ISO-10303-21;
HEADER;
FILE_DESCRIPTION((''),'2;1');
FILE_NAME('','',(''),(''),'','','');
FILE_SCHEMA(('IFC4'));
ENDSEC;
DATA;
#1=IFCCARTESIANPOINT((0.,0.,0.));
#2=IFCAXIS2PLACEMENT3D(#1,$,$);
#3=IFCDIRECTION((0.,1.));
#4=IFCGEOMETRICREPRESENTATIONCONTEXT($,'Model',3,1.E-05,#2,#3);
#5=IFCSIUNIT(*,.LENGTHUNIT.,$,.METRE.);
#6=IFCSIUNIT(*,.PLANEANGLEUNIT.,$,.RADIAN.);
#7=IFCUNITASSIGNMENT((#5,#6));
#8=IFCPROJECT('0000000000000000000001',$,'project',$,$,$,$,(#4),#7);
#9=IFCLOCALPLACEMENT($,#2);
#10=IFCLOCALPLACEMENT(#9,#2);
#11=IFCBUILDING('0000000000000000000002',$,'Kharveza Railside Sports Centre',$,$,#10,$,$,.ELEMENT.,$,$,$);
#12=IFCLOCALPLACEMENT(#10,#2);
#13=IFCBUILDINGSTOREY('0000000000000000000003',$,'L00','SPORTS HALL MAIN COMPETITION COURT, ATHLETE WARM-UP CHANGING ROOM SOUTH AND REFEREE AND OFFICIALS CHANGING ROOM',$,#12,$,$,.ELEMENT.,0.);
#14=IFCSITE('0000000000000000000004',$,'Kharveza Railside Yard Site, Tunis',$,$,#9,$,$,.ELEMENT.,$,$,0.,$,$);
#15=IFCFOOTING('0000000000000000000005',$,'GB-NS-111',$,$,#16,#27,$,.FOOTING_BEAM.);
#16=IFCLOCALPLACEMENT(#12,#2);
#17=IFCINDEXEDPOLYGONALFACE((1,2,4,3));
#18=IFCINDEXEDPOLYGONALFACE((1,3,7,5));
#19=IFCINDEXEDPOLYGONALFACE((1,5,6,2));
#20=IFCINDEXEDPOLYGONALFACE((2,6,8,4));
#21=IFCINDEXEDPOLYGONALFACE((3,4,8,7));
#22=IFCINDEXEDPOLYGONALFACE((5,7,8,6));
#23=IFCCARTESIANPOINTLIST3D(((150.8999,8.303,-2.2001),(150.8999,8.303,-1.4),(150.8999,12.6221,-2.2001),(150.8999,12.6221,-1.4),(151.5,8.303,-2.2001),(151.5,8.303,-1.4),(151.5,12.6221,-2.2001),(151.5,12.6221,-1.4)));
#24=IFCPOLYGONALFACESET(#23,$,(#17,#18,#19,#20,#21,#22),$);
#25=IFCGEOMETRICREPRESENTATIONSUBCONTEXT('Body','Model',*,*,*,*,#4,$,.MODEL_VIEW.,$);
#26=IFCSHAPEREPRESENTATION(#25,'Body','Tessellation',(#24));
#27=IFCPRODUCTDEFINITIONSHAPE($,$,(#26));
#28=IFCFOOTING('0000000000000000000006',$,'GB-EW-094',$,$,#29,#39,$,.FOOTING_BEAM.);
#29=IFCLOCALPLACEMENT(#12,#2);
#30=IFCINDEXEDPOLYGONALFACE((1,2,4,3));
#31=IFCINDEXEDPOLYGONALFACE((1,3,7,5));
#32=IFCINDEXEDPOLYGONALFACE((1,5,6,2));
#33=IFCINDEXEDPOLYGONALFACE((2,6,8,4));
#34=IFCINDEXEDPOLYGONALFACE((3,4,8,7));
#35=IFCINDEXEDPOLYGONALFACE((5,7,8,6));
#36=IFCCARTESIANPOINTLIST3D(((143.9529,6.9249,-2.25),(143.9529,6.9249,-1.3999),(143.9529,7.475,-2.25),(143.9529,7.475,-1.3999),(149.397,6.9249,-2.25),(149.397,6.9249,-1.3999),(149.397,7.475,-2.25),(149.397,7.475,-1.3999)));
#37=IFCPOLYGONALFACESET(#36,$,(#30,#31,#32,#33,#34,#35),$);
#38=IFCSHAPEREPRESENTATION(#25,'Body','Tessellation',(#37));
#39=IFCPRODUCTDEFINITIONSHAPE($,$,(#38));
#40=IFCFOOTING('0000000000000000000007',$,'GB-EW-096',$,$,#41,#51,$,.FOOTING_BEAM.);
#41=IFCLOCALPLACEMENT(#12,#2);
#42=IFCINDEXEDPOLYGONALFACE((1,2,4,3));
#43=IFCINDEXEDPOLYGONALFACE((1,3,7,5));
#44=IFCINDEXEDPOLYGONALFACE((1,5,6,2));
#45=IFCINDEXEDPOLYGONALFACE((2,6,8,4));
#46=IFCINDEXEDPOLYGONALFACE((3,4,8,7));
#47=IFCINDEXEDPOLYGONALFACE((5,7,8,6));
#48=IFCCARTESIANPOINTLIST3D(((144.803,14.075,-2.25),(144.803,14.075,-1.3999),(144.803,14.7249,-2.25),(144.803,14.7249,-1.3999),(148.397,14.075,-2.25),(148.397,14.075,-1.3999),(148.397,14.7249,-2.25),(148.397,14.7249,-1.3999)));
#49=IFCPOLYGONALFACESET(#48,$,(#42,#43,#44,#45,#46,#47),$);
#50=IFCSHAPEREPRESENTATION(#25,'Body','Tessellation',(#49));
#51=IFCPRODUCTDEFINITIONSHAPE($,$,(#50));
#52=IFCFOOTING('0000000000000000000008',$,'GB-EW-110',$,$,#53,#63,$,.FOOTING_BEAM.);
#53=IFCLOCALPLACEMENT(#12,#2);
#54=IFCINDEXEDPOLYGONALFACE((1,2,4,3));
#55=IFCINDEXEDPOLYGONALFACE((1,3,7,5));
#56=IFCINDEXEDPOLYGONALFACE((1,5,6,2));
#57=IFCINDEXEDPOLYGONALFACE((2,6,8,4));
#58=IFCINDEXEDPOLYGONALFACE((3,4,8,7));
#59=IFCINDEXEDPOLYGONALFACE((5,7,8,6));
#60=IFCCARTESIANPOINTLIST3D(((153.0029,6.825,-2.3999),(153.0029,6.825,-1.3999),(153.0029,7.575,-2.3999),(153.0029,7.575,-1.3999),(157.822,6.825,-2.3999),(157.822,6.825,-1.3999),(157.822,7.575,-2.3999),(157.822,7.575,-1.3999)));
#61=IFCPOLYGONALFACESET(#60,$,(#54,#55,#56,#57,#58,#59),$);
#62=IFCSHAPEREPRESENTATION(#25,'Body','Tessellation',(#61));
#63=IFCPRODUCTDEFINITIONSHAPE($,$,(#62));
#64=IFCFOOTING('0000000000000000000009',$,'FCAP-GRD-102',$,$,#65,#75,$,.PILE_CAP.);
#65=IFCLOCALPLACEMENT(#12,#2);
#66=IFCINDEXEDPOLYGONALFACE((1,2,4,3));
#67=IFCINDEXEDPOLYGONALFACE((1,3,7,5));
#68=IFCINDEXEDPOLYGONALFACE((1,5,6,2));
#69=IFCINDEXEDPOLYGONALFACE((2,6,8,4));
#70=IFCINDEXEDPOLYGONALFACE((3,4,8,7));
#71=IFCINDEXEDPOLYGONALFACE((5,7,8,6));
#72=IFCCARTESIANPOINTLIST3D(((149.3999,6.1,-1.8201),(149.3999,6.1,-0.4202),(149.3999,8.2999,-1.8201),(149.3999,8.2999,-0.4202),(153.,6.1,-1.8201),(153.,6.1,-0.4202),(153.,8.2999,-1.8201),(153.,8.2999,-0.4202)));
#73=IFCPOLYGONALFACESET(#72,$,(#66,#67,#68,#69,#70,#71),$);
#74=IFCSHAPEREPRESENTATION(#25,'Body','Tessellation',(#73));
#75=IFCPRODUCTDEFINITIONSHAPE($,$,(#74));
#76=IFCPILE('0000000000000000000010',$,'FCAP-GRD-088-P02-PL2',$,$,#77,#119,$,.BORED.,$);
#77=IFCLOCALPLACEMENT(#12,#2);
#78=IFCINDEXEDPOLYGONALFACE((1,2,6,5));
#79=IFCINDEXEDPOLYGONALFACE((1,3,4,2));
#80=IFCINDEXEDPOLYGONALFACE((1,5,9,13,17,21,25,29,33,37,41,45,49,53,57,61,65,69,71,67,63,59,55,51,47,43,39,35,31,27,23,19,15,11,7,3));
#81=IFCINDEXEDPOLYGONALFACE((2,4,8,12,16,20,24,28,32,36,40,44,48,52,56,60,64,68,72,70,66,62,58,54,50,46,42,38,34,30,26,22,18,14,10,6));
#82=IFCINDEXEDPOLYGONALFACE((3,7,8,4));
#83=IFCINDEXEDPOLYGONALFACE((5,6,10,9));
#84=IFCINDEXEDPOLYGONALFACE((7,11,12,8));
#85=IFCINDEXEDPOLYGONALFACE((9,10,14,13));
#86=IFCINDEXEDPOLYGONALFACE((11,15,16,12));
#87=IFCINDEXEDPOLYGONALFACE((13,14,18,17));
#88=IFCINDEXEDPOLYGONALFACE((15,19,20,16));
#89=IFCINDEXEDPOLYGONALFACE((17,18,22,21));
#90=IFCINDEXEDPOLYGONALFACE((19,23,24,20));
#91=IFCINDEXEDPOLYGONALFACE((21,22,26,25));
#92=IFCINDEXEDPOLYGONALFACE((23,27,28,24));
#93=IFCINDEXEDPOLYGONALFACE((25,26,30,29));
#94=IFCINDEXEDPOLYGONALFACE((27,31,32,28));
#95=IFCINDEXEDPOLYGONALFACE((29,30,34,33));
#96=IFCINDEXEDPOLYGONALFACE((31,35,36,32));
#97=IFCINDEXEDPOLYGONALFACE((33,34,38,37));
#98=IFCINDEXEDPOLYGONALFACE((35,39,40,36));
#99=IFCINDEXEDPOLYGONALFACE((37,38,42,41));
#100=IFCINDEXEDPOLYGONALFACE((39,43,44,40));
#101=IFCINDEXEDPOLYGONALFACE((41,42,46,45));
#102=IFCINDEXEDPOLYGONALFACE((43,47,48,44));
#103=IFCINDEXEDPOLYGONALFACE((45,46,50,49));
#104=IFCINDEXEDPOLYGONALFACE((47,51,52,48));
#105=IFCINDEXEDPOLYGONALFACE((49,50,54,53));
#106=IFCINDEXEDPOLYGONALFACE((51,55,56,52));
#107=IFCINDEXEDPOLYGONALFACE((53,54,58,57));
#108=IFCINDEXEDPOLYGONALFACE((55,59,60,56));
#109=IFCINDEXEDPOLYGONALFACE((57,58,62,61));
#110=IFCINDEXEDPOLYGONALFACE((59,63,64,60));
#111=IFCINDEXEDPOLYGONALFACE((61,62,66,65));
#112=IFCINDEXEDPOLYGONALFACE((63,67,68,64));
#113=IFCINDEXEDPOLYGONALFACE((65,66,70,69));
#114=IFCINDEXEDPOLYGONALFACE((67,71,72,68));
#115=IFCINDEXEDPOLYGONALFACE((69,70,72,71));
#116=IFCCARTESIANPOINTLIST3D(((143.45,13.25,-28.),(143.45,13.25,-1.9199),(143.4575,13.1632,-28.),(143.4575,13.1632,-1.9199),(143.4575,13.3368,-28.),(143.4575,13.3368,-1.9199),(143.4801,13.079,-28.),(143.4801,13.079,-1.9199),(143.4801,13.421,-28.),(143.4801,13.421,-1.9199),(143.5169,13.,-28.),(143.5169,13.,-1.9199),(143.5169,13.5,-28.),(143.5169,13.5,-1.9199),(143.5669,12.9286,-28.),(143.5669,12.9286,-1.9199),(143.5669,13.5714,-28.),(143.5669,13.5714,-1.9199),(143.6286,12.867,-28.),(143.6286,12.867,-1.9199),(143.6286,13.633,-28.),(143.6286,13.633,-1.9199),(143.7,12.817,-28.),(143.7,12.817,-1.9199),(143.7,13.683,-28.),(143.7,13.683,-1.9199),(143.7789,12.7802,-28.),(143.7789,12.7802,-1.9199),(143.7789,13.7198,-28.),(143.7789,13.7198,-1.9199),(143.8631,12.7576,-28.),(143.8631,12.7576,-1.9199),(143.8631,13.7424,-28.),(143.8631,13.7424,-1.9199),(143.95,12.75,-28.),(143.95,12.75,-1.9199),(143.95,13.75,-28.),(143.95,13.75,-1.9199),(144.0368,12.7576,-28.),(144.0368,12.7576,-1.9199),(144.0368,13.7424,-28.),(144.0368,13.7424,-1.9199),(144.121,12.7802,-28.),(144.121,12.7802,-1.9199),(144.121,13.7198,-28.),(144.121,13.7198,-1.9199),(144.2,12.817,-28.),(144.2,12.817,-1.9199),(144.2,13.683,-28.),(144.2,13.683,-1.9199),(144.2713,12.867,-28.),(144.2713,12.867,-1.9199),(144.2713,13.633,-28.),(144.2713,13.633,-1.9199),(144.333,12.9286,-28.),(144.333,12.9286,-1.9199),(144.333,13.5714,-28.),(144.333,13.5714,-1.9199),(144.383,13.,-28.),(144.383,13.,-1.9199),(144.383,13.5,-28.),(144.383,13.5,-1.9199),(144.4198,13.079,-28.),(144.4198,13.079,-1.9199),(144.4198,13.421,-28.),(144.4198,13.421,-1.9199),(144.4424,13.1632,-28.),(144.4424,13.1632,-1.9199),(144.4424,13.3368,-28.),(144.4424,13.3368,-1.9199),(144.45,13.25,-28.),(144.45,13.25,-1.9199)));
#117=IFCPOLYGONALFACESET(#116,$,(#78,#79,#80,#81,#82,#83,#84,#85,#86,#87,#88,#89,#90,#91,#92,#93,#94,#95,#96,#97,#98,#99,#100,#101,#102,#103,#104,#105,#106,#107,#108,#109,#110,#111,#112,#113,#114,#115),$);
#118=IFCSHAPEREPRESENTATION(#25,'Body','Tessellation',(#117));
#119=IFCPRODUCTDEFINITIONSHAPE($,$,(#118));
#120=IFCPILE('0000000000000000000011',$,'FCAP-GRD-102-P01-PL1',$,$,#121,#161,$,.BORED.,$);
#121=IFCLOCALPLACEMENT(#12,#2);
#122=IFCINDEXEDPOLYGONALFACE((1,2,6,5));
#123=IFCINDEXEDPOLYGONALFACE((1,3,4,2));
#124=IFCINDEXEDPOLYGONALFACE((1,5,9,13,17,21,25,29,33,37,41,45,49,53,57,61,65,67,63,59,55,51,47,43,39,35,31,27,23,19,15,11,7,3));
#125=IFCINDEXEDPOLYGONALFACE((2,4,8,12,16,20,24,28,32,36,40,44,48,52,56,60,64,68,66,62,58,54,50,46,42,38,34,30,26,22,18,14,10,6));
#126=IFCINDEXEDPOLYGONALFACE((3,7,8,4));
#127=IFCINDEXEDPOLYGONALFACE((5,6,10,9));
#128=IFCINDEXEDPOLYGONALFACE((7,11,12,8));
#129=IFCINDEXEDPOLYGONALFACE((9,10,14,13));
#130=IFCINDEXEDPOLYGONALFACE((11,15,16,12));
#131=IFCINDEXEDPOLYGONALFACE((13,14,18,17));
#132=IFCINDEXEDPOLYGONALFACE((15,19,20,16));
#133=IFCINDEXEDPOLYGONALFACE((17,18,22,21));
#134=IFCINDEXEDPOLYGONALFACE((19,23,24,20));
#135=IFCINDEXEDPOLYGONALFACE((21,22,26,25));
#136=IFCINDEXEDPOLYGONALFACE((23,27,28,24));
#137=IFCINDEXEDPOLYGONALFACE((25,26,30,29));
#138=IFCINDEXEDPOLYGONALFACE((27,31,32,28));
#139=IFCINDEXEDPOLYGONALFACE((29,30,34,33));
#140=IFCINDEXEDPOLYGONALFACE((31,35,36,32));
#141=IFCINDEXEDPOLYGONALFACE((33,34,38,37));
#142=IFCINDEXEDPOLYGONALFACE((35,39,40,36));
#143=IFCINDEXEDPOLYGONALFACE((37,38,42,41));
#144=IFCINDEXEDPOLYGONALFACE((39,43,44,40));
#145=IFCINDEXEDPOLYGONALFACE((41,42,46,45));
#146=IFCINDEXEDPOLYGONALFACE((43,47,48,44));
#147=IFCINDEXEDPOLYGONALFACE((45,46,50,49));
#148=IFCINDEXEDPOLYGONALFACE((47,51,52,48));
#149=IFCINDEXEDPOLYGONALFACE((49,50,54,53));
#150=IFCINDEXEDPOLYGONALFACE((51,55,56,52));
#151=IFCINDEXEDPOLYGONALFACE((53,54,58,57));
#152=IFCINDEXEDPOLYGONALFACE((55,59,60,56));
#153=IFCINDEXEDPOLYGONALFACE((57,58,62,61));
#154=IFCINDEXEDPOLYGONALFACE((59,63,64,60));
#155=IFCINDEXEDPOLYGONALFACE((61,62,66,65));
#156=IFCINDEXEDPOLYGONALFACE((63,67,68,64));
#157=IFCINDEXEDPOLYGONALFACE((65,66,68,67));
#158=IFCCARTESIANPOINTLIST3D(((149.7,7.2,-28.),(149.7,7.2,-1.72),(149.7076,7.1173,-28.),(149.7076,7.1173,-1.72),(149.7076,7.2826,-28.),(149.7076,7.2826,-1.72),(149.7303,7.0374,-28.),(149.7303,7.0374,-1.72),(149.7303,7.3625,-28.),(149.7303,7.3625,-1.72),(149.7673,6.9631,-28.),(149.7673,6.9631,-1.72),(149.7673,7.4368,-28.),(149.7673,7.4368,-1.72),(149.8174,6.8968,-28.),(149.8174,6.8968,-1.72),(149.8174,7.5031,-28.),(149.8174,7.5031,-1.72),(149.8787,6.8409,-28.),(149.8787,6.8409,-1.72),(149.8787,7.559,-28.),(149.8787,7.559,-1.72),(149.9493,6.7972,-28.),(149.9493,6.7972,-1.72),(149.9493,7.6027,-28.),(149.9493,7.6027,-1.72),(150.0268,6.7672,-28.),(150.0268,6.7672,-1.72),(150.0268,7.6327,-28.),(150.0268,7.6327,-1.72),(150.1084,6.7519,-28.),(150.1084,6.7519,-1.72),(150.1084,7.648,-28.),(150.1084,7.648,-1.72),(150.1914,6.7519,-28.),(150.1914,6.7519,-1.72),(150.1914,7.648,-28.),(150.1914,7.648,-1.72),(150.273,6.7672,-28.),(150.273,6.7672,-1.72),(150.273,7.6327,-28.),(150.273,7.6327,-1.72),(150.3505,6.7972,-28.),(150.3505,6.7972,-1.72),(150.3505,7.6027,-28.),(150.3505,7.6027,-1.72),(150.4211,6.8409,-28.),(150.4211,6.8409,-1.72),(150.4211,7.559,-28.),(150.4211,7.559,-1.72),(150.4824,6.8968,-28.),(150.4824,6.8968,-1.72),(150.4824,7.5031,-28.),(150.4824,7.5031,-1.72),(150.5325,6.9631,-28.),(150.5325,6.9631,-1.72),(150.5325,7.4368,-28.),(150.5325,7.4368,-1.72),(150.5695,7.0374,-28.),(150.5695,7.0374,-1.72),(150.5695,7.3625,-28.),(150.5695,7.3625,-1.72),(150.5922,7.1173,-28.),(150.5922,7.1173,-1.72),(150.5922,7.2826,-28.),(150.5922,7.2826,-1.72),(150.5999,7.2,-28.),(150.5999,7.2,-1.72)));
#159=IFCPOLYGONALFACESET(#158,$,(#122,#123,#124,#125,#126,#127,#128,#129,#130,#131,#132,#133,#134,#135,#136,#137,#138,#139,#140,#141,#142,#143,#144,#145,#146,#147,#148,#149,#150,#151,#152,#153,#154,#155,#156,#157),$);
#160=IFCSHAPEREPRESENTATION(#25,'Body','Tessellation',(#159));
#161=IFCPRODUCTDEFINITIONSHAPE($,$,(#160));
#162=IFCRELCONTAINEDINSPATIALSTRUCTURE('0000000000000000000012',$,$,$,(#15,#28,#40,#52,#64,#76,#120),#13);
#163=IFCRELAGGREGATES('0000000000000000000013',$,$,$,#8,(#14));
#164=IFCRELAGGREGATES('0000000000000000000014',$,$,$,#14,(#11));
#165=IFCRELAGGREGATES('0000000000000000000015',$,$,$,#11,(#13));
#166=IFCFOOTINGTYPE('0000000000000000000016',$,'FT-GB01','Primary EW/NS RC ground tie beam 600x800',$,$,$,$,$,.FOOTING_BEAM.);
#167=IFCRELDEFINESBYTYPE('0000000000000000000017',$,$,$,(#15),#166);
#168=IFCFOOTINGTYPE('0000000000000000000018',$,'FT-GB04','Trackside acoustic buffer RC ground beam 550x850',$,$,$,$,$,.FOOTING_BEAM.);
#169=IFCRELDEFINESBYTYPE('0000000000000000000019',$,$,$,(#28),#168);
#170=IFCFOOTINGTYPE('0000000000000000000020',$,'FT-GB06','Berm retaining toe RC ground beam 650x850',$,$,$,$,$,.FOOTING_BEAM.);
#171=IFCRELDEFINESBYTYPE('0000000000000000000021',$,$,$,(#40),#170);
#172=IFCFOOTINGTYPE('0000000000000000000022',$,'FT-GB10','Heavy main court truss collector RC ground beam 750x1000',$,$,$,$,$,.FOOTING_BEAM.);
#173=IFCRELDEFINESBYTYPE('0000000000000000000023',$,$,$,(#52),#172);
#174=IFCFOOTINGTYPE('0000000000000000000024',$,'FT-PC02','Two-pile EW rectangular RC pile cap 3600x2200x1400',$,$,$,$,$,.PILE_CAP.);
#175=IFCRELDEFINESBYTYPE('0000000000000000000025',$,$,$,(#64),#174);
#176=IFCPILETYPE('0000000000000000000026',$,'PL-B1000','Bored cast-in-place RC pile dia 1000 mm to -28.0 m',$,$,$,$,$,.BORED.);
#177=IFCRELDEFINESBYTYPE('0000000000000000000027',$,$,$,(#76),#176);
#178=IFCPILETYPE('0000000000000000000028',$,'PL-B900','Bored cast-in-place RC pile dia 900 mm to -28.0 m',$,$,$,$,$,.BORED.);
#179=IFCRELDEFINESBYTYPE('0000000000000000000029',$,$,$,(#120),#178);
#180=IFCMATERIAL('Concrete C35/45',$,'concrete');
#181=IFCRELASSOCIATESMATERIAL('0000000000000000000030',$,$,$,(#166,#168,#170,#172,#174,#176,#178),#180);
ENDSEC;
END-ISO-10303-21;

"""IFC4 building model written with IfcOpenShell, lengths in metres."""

from ifc_helpers import new_model, si_unit, direction, frame, origin, origin_2d, place, context, subcontext, project, spatial, rectangle, circle, extrude, material, material_profile, profile_set, type_object, element, save


model = new_model("IFC4")

# Units and contexts
model_context = context("Model", 3, precision=1e-05, world=origin(), true_north=direction((0.0, 1.0)))
body_context = subcontext(model_context, "Body", "Model", "MODEL_VIEW")
ifc_project = project(units=[si_unit("LENGTHUNIT", "METRE"), si_unit("PLANEANGLEUNIT", "RADIAN")], contexts=[model_context])

# Site, building, storey
site_placement = place(None, origin())
site = spatial("IfcSite", under=ifc_project, at=site_placement, Name="Kharveza Railside Yard Site, Tunis", CompositionType="ELEMENT", RefElevation=0.0)
building_placement = place(site_placement, origin())
building = spatial("IfcBuilding", under=site, at=building_placement, Name="Kharveza Railside Sports Centre", CompositionType="ELEMENT")
storey_placement = place(building_placement, origin())
storey = spatial("IfcBuildingStorey", under=building, at=storey_placement, Name="L00", Description="SPORTS HALL MAIN COMPETITION COURT, ATHLETE WARM-UP CHANGING ROOM SOUTH AND REFEREE AND OFFICIALS CHANGING ROOM", CompositionType="ELEMENT", Elevation=0.0)

# Footings
ifc_material_1 = material(Name="Concrete C35/45", Category="concrete")
ifc_material_profile_1 = material_profile(ifc_material_1, rectangle(XDim=0.6001, YDim=0.8, at=origin_2d()), Name="GB 600x800")
ifc_profile_set_1 = profile_set([ifc_material_profile_1], Name="Concrete C35/45")
footing_type_1 = type_object("IfcFootingType", Name="FT-GB01", Description="Primary EW/NS RC ground tie beam 600x800", PredefinedType="FOOTING_BEAM", material=ifc_profile_set_1)
footing_1_placement = place(storey_placement, frame((151.2, 8.303, -1.8), z_axis=(0.0, 1.0, 0.0), x_axis=(-1.0, 0.0, 0.0)))
element("IfcFooting", 1, at=footing_1_placement, inside=storey, type_object=footing_type_1, Name="GB-NS-111", PredefinedType="FOOTING_BEAM", context=body_context, shape_type="SweptSolid", body=[
    extrude(rectangle(XDim=0.6001, YDim=0.8, at=origin_2d()), origin(), (0.0, 0.0, 1.0), 4.3191),
])
ifc_material_profile_2 = material_profile(ifc_material_1, rectangle(XDim=0.55, YDim=0.8501, at=origin_2d()), Name="GB 550x850")
ifc_profile_set_2 = profile_set([ifc_material_profile_2], Name="Concrete C35/45")
footing_type_2 = type_object("IfcFootingType", Name="FT-GB04", Description="Trackside acoustic buffer RC ground beam 550x850", PredefinedType="FOOTING_BEAM", material=ifc_profile_set_2)
footing_2_placement = place(storey_placement, frame((143.9529, 7.2, -1.825), z_axis=(1.0, 0.0, 0.0), x_axis=(0.0, 1.0, 0.0)))
element("IfcFooting", 2, at=footing_2_placement, inside=storey, type_object=footing_type_2, Name="GB-EW-094", PredefinedType="FOOTING_BEAM", context=body_context, shape_type="SweptSolid", body=[
    extrude(rectangle(XDim=0.55, YDim=0.8501, at=origin_2d()), origin(), (0.0, 0.0, 1.0), 5.4441),
])
ifc_material_profile_3 = material_profile(ifc_material_1, rectangle(XDim=0.6499, YDim=0.8501, at=origin_2d()), Name="GB 650x850")
ifc_profile_set_3 = profile_set([ifc_material_profile_3], Name="Concrete C35/45")
footing_type_3 = type_object("IfcFootingType", Name="FT-GB06", Description="Berm retaining toe RC ground beam 650x850", PredefinedType="FOOTING_BEAM", material=ifc_profile_set_3)
footing_3_placement = place(storey_placement, frame((144.803, 14.3999, -1.825), z_axis=(1.0, 0.0, 0.0), x_axis=(0.0, 1.0, 0.0)))
element("IfcFooting", 3, at=footing_3_placement, inside=storey, type_object=footing_type_3, Name="GB-EW-096", PredefinedType="FOOTING_BEAM", context=body_context, shape_type="SweptSolid", body=[
    extrude(rectangle(XDim=0.6499, YDim=0.8501, at=origin_2d()), origin(), (0.0, 0.0, 1.0), 3.594),
])
ifc_material_profile_4 = material_profile(ifc_material_1, rectangle(XDim=0.75, YDim=1.0, at=origin_2d()), Name="GB 750x1000")
ifc_profile_set_4 = profile_set([ifc_material_profile_4], Name="Concrete C35/45")
footing_type_4 = type_object("IfcFootingType", Name="FT-GB10", Description="Heavy main court truss collector RC ground beam 750x1000", PredefinedType="FOOTING_BEAM", material=ifc_profile_set_4)
footing_4_placement = place(storey_placement, frame((153.0029, 7.2, -1.8999), z_axis=(1.0, 0.0, 0.0), x_axis=(0.0, 1.0, 0.0)))
element("IfcFooting", 4, at=footing_4_placement, inside=storey, type_object=footing_type_4, Name="GB-EW-110", PredefinedType="FOOTING_BEAM", context=body_context, shape_type="SweptSolid", body=[
    extrude(rectangle(XDim=0.75, YDim=1.0, at=origin_2d()), origin(), (0.0, 0.0, 1.0), 4.8191),
])
footing_type_5 = type_object("IfcFootingType", Name="FT-PC02", Description="Two-pile EW rectangular RC pile cap 3600x2200x1400", PredefinedType="PILE_CAP", material=ifc_material_1)
footing_5_placement = place(storey_placement, frame((151.2, 7.2, -1.8201), z_axis=(0.0, 0.0, 1.0), x_axis=(1.0, 0.0, 0.0)))
element("IfcFooting", 5, at=footing_5_placement, inside=storey, type_object=footing_type_5, Name="FCAP-GRD-102", PredefinedType="PILE_CAP", context=body_context, shape_type="SweptSolid", body=[
    extrude(rectangle(XDim=3.6001, YDim=2.2, at=origin_2d()), origin(), (0.0, 0.0, 1.0), 1.3999),
])

# Piles
ifc_material_profile_5 = material_profile(ifc_material_1, circle(Radius=0.5, at=origin_2d()), Name="PILE D1000")
ifc_profile_set_5 = profile_set([ifc_material_profile_5], Name="Concrete C35/45")
pile_type_1 = type_object("IfcPileType", Name="PL-B1000", Description="Bored cast-in-place RC pile dia 1000 mm to -28.0 m", PredefinedType="BORED", material=ifc_profile_set_5)
pile_placement = place(storey_placement, frame((143.95, 13.25, -1.9199), z_axis=(0.0, 0.0, -1.0), x_axis=(1.0, 0.0, 0.0)))
element("IfcPile", 6, at=pile_placement, inside=storey, type_object=pile_type_1, Name="FCAP-GRD-088-P02-PL2", PredefinedType="BORED", context=body_context, shape_type="SweptSolid", body=[
    extrude(circle(Radius=0.5, at=origin_2d()), origin(), (0.0, 0.0, 1.0), 26.0801),
])
ifc_material_profile_6 = material_profile(ifc_material_1, circle(Radius=0.45, at=origin_2d()), Name="PILE D900")
ifc_profile_set_6 = profile_set([ifc_material_profile_6], Name="Concrete C35/45")
pile_type_2 = type_object("IfcPileType", Name="PL-B900", Description="Bored cast-in-place RC pile dia 900 mm to -28.0 m", PredefinedType="BORED", material=ifc_profile_set_6)
for number, where, z_axis, x_axis, name in (
    (7, (150.1499, 7.2, -1.72), (0.0, 0.0, -1.0), (1.0, 0.0, 0.0), "FCAP-GRD-102-P01-PL1"),
):
    element("IfcPile", number, at=place(storey_placement, frame(where, z_axis=z_axis, x_axis=x_axis)), inside=storey, type_object=pile_type_2, Name=name, PredefinedType="BORED", context=body_context, shape_type="SweptSolid", body=[
        extrude(circle(Radius=0.45, at=origin_2d()), origin(), (0.0, 0.0, 1.0), 26.28),
    ])

save(model, "model.ifc")
